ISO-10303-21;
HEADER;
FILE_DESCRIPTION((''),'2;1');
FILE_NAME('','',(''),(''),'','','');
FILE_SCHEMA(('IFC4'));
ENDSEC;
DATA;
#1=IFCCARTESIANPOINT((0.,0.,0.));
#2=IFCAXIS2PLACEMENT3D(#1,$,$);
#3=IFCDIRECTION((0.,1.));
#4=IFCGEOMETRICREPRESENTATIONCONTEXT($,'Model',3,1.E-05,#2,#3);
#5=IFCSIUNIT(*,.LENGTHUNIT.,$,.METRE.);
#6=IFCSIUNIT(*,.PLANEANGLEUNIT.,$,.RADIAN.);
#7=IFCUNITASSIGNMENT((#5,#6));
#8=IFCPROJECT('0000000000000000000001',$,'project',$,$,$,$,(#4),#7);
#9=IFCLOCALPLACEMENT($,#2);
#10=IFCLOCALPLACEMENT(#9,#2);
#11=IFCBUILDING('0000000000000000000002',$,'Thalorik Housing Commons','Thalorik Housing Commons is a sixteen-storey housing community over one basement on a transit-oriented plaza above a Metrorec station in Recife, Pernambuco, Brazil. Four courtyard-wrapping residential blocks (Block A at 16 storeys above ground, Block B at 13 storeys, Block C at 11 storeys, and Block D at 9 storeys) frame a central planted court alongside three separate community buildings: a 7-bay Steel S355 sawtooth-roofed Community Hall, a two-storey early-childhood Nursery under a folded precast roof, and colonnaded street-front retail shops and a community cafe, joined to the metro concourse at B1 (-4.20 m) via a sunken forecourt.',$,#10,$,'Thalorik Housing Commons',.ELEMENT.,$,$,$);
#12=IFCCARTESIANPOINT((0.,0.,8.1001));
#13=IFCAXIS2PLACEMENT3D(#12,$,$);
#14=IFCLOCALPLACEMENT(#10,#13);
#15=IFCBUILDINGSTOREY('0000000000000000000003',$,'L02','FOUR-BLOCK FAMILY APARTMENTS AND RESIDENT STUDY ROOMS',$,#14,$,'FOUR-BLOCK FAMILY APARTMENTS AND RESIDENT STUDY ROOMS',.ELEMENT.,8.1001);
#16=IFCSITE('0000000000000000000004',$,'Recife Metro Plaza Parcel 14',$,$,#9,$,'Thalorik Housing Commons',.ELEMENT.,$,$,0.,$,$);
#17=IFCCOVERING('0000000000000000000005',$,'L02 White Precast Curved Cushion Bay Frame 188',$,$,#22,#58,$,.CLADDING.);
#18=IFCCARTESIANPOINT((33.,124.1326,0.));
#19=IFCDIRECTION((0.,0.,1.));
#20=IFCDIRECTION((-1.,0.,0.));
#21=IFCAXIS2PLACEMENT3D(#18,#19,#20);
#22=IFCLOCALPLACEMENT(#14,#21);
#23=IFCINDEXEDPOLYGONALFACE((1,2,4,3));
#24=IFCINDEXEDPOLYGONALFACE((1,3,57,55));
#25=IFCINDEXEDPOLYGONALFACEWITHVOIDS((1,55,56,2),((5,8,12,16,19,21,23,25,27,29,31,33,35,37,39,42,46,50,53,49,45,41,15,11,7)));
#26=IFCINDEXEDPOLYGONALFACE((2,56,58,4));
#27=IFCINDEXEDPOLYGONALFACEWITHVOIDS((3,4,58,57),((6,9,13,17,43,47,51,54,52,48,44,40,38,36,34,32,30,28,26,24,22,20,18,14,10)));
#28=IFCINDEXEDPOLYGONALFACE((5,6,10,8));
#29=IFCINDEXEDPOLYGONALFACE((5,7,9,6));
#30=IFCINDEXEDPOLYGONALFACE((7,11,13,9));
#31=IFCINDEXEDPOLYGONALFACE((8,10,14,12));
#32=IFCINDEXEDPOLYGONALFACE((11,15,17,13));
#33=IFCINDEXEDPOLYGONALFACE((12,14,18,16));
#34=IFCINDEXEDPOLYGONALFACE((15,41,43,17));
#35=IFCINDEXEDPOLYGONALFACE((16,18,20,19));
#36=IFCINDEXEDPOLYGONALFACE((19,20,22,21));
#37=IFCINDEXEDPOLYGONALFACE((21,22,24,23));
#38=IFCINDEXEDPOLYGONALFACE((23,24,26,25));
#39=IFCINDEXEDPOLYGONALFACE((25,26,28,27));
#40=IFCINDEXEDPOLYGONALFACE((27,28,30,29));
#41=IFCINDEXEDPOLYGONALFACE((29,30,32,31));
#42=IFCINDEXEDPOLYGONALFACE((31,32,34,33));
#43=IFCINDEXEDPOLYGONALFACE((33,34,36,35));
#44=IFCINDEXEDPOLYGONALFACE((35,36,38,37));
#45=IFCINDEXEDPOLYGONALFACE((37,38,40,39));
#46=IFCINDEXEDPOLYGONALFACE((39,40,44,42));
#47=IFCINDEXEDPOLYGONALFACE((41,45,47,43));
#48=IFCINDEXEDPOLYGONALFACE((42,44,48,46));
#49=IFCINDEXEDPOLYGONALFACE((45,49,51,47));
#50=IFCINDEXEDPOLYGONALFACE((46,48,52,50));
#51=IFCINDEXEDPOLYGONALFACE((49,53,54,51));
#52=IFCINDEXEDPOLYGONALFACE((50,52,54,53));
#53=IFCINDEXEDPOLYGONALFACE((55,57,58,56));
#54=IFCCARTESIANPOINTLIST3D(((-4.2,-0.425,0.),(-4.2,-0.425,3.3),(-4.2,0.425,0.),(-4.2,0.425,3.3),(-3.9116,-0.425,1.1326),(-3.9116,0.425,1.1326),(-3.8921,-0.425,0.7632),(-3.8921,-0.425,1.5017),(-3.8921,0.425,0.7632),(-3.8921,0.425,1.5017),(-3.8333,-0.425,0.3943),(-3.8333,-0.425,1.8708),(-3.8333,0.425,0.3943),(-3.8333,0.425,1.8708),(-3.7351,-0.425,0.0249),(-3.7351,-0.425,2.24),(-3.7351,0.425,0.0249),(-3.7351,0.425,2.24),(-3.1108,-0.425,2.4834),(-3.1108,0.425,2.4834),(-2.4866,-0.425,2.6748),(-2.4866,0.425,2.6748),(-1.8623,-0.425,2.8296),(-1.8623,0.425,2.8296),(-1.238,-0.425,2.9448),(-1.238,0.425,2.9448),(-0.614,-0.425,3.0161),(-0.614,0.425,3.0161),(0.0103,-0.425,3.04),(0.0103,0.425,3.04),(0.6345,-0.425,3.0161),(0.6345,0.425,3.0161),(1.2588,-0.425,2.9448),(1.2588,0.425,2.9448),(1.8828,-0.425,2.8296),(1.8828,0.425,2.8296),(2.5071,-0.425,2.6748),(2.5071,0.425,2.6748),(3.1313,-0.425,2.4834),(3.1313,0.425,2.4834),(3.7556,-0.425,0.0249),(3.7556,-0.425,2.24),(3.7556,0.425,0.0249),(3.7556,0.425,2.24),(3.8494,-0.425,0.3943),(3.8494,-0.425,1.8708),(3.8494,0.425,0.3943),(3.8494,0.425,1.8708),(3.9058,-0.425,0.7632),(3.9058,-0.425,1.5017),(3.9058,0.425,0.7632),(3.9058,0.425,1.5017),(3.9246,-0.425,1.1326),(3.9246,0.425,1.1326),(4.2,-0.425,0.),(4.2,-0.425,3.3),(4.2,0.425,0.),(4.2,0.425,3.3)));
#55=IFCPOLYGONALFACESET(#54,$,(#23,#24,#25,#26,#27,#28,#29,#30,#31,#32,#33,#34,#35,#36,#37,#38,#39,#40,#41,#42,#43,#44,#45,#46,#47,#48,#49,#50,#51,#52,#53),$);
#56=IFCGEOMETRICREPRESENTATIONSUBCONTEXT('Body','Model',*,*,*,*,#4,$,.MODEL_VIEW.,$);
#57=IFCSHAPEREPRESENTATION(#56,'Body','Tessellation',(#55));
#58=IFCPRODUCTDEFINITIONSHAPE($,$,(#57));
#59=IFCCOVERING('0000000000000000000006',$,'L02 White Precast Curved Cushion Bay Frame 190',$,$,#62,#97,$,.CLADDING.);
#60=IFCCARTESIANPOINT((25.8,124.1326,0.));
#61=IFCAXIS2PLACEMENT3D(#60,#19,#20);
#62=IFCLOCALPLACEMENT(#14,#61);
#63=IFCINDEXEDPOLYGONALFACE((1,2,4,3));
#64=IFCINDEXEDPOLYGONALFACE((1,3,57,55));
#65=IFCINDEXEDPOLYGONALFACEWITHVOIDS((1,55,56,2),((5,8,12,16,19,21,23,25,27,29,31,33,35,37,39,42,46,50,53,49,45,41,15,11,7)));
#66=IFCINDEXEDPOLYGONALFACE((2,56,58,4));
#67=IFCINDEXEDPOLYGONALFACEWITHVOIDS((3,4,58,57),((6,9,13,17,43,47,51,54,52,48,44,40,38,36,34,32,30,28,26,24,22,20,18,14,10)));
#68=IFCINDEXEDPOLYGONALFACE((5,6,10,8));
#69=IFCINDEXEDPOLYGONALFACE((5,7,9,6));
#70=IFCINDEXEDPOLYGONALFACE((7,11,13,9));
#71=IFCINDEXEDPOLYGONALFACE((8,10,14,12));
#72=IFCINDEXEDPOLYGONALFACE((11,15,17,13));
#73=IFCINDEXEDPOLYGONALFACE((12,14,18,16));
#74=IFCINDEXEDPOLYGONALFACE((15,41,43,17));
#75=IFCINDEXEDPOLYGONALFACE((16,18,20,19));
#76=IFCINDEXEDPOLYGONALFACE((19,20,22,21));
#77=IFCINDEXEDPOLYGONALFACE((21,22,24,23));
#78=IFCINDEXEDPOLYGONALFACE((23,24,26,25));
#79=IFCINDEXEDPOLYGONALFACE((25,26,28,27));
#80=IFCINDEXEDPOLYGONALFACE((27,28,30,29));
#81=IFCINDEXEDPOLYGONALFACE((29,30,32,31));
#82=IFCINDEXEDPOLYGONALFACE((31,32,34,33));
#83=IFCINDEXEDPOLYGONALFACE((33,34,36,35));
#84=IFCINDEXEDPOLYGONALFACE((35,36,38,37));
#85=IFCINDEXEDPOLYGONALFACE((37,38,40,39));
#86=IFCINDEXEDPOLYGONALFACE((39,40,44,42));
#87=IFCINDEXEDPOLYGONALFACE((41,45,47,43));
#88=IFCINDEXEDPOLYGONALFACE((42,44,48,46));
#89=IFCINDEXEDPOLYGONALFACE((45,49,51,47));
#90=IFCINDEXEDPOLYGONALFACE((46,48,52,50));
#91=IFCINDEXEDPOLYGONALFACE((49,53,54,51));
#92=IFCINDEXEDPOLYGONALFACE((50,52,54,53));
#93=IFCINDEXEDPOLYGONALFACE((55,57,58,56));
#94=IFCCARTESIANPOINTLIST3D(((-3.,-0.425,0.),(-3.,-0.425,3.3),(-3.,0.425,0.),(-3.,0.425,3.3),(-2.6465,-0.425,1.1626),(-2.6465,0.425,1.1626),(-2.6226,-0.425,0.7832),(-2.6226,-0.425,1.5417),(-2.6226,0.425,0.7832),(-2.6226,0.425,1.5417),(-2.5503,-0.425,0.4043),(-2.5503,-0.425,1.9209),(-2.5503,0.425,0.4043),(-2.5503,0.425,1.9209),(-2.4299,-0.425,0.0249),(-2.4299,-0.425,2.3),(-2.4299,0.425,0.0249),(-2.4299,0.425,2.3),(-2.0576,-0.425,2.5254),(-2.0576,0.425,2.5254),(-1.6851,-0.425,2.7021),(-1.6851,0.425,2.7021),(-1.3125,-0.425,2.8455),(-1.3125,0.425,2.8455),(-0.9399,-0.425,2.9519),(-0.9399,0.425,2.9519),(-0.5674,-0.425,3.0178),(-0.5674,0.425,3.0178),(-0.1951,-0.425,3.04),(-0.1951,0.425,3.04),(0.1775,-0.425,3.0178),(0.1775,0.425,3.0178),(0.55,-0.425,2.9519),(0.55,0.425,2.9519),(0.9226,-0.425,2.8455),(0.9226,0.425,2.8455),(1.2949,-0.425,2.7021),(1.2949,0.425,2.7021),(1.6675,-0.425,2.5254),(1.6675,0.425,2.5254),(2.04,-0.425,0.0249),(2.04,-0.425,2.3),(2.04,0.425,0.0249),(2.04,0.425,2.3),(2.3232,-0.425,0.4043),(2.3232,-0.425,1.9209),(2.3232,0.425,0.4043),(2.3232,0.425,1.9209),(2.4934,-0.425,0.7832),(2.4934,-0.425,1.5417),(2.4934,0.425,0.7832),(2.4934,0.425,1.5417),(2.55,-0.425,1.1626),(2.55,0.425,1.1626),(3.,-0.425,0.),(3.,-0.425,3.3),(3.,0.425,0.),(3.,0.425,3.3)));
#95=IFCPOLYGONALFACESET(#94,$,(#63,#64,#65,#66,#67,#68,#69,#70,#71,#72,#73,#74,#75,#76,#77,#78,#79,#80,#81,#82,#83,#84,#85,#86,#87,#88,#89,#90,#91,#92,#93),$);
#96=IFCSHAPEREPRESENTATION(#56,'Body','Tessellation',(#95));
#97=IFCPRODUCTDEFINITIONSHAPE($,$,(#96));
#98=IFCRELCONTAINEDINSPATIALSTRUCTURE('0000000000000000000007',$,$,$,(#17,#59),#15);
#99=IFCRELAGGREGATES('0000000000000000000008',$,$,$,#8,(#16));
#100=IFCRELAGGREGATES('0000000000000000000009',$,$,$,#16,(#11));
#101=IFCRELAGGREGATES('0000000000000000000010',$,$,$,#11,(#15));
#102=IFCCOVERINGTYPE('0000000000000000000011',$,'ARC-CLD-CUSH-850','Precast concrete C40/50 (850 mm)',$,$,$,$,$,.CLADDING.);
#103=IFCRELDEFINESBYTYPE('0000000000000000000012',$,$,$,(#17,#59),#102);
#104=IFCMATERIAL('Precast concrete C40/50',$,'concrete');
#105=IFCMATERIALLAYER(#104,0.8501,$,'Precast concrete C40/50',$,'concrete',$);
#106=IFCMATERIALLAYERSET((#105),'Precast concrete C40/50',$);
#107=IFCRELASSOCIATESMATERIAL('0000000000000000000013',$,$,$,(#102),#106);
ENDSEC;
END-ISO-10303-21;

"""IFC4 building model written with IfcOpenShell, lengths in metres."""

from ifc_helpers import new_model, si_unit, direction, frame, origin, place, context, subcontext, project, spatial, polyline, outline, extrude, material, layer, layer_set, type_object, element, save


model = new_model("IFC4")

# Units and contexts
model_context = context("Model", 3, precision=1e-05, world=origin(), true_north=direction((0.0, 1.0)))
body_context = subcontext(model_context, "Body", "Model", "MODEL_VIEW")
ifc_project = project(units=[si_unit("LENGTHUNIT", "METRE"), si_unit("PLANEANGLEUNIT", "RADIAN")], contexts=[model_context])

# Site, building, storey
site_placement = place(None, origin())
site = spatial("IfcSite", under=ifc_project, at=site_placement, Name="Recife Metro Plaza Parcel 14", LongName="Thalorik Housing Commons", CompositionType="ELEMENT", RefElevation=0.0)
building_placement = place(site_placement, origin())
building = spatial("IfcBuilding", under=site, at=building_placement, Name="Thalorik Housing Commons", Description="Thalorik Housing Commons is a sixteen-storey housing community over one basement on a transit-oriented plaza above a Metrorec station in Recife, Pernambuco, Brazil. Four courtyard-wrapping residential blocks (Block A at 16 storeys above ground, Block B at 13 storeys, Block C at 11 storeys, and Block D at 9 storeys) frame a central planted court alongside three separate community buildings: a 7-bay Steel S355 sawtooth-roofed Community Hall, a two-storey early-childhood Nursery under a folded precast roof, and colonnaded street-front retail shops and a community cafe, joined to the metro concourse at B1 (-4.20 m) via a sunken forecourt.", LongName="Thalorik Housing Commons", CompositionType="ELEMENT")
storey_placement = place(building_placement, frame((0.0, 0.0, 8.1001)))
storey = spatial("IfcBuildingStorey", under=building, at=storey_placement, Name="L02", Description="FOUR-BLOCK FAMILY APARTMENTS AND RESIDENT STUDY ROOMS", LongName="FOUR-BLOCK FAMILY APARTMENTS AND RESIDENT STUDY ROOMS", CompositionType="ELEMENT", Elevation=8.1001)

# Shared definitions
ifc_material_1 = material(Name="Precast concrete C40/50", Category="concrete")

# Coverings
ifc_layer_1 = layer(ifc_material_1, 0.8501, Name="Precast concrete C40/50", Category="concrete")
ifc_layer_set_1 = layer_set([ifc_layer_1], Name="Precast concrete C40/50")
covering_type_1 = type_object("IfcCoveringType", Name="ARC-CLD-CUSH-850", Description="Precast concrete C40/50 (850 mm)", PredefinedType="CLADDING", material=ifc_layer_set_1)
covering_1_placement = place(storey_placement, frame((33.0, 124.1326, 0.0), z_axis=(0.0, 0.0, 1.0), x_axis=(-1.0, 0.0, 0.0)))
element("IfcCovering", 1, at=covering_1_placement, inside=storey, type_object=covering_type_1, Name="L02 White Precast Curved Cushion Bay Frame 188", PredefinedType="CLADDING", context=body_context, shape_type="SweptSolid", body=[
    extrude(outline(polyline([(-4.2, 0.0), (4.2, 0.0), (4.2, 3.3), (-4.2, 3.3), (-4.2, 0.0)]), holes=[polyline([(3.7556, 0.0249), (3.8494, 0.3943), (3.9058, 0.7632), (3.9246, 1.1326), (3.9058, 1.5017), (3.8494, 1.8708), (3.7556, 2.24), (3.1313, 2.4834), (2.5071, 2.6748), (1.8828, 2.8296), (1.2588, 2.9448), (0.6345, 3.0161), (0.0103, 3.04), (-0.614, 3.0161), (-1.238, 2.9448), (-1.8623, 2.8296), (-2.4866, 2.6748), (-3.1108, 2.4834), (-3.7351, 2.24), (-3.8333, 1.8708), (-3.8921, 1.5017), (-3.9116, 1.1326), (-3.8921, 0.7632), (-3.8333, 0.3943), (-3.7351, 0.0249), (3.7556, 0.0249)])]), frame((0.0, 0.425, 0.0), z_axis=(0.0, -1.0, 0.0), x_axis=(1.0, 0.0, 0.0)), (0.0, 0.0, 1.0), 0.8501),
])
covering_2_placement = place(storey_placement, frame((25.8, 124.1326, 0.0), z_axis=(0.0, 0.0, 1.0), x_axis=(-1.0, 0.0, 0.0)))
element("IfcCovering", 2, at=covering_2_placement, inside=storey, type_object=covering_type_1, Name="L02 White Precast Curved Cushion Bay Frame 190", PredefinedType="CLADDING", context=body_context, shape_type="SweptSolid", body=[
    extrude(outline(polyline([(-3.0, 0.0), (3.0, 0.0), (3.0, 3.3), (-3.0, 3.3), (-3.0, 0.0)]), holes=[polyline([(2.04, 0.0249), (2.3232, 0.4043), (2.4934, 0.7832), (2.55, 1.1626), (2.4934, 1.5417), (2.3232, 1.9209), (2.04, 2.3), (1.6675, 2.5254), (1.2949, 2.7021), (0.9226, 2.8455), (0.55, 2.9519), (0.1775, 3.0178), (-0.1951, 3.04), (-0.5674, 3.0178), (-0.9399, 2.9519), (-1.3125, 2.8455), (-1.6851, 2.7021), (-2.0576, 2.5254), (-2.4299, 2.3), (-2.5503, 1.9209), (-2.6226, 1.5417), (-2.6465, 1.1626), (-2.6226, 0.7832), (-2.5503, 0.4043), (-2.4299, 0.0249), (2.04, 0.0249)])]), frame((0.0, 0.425, 0.0), z_axis=(0.0, -1.0, 0.0), x_axis=(1.0, 0.0, 0.0)), (0.0, 0.0, 1.0), 0.8501),
])

save(model, "model.ifc")
